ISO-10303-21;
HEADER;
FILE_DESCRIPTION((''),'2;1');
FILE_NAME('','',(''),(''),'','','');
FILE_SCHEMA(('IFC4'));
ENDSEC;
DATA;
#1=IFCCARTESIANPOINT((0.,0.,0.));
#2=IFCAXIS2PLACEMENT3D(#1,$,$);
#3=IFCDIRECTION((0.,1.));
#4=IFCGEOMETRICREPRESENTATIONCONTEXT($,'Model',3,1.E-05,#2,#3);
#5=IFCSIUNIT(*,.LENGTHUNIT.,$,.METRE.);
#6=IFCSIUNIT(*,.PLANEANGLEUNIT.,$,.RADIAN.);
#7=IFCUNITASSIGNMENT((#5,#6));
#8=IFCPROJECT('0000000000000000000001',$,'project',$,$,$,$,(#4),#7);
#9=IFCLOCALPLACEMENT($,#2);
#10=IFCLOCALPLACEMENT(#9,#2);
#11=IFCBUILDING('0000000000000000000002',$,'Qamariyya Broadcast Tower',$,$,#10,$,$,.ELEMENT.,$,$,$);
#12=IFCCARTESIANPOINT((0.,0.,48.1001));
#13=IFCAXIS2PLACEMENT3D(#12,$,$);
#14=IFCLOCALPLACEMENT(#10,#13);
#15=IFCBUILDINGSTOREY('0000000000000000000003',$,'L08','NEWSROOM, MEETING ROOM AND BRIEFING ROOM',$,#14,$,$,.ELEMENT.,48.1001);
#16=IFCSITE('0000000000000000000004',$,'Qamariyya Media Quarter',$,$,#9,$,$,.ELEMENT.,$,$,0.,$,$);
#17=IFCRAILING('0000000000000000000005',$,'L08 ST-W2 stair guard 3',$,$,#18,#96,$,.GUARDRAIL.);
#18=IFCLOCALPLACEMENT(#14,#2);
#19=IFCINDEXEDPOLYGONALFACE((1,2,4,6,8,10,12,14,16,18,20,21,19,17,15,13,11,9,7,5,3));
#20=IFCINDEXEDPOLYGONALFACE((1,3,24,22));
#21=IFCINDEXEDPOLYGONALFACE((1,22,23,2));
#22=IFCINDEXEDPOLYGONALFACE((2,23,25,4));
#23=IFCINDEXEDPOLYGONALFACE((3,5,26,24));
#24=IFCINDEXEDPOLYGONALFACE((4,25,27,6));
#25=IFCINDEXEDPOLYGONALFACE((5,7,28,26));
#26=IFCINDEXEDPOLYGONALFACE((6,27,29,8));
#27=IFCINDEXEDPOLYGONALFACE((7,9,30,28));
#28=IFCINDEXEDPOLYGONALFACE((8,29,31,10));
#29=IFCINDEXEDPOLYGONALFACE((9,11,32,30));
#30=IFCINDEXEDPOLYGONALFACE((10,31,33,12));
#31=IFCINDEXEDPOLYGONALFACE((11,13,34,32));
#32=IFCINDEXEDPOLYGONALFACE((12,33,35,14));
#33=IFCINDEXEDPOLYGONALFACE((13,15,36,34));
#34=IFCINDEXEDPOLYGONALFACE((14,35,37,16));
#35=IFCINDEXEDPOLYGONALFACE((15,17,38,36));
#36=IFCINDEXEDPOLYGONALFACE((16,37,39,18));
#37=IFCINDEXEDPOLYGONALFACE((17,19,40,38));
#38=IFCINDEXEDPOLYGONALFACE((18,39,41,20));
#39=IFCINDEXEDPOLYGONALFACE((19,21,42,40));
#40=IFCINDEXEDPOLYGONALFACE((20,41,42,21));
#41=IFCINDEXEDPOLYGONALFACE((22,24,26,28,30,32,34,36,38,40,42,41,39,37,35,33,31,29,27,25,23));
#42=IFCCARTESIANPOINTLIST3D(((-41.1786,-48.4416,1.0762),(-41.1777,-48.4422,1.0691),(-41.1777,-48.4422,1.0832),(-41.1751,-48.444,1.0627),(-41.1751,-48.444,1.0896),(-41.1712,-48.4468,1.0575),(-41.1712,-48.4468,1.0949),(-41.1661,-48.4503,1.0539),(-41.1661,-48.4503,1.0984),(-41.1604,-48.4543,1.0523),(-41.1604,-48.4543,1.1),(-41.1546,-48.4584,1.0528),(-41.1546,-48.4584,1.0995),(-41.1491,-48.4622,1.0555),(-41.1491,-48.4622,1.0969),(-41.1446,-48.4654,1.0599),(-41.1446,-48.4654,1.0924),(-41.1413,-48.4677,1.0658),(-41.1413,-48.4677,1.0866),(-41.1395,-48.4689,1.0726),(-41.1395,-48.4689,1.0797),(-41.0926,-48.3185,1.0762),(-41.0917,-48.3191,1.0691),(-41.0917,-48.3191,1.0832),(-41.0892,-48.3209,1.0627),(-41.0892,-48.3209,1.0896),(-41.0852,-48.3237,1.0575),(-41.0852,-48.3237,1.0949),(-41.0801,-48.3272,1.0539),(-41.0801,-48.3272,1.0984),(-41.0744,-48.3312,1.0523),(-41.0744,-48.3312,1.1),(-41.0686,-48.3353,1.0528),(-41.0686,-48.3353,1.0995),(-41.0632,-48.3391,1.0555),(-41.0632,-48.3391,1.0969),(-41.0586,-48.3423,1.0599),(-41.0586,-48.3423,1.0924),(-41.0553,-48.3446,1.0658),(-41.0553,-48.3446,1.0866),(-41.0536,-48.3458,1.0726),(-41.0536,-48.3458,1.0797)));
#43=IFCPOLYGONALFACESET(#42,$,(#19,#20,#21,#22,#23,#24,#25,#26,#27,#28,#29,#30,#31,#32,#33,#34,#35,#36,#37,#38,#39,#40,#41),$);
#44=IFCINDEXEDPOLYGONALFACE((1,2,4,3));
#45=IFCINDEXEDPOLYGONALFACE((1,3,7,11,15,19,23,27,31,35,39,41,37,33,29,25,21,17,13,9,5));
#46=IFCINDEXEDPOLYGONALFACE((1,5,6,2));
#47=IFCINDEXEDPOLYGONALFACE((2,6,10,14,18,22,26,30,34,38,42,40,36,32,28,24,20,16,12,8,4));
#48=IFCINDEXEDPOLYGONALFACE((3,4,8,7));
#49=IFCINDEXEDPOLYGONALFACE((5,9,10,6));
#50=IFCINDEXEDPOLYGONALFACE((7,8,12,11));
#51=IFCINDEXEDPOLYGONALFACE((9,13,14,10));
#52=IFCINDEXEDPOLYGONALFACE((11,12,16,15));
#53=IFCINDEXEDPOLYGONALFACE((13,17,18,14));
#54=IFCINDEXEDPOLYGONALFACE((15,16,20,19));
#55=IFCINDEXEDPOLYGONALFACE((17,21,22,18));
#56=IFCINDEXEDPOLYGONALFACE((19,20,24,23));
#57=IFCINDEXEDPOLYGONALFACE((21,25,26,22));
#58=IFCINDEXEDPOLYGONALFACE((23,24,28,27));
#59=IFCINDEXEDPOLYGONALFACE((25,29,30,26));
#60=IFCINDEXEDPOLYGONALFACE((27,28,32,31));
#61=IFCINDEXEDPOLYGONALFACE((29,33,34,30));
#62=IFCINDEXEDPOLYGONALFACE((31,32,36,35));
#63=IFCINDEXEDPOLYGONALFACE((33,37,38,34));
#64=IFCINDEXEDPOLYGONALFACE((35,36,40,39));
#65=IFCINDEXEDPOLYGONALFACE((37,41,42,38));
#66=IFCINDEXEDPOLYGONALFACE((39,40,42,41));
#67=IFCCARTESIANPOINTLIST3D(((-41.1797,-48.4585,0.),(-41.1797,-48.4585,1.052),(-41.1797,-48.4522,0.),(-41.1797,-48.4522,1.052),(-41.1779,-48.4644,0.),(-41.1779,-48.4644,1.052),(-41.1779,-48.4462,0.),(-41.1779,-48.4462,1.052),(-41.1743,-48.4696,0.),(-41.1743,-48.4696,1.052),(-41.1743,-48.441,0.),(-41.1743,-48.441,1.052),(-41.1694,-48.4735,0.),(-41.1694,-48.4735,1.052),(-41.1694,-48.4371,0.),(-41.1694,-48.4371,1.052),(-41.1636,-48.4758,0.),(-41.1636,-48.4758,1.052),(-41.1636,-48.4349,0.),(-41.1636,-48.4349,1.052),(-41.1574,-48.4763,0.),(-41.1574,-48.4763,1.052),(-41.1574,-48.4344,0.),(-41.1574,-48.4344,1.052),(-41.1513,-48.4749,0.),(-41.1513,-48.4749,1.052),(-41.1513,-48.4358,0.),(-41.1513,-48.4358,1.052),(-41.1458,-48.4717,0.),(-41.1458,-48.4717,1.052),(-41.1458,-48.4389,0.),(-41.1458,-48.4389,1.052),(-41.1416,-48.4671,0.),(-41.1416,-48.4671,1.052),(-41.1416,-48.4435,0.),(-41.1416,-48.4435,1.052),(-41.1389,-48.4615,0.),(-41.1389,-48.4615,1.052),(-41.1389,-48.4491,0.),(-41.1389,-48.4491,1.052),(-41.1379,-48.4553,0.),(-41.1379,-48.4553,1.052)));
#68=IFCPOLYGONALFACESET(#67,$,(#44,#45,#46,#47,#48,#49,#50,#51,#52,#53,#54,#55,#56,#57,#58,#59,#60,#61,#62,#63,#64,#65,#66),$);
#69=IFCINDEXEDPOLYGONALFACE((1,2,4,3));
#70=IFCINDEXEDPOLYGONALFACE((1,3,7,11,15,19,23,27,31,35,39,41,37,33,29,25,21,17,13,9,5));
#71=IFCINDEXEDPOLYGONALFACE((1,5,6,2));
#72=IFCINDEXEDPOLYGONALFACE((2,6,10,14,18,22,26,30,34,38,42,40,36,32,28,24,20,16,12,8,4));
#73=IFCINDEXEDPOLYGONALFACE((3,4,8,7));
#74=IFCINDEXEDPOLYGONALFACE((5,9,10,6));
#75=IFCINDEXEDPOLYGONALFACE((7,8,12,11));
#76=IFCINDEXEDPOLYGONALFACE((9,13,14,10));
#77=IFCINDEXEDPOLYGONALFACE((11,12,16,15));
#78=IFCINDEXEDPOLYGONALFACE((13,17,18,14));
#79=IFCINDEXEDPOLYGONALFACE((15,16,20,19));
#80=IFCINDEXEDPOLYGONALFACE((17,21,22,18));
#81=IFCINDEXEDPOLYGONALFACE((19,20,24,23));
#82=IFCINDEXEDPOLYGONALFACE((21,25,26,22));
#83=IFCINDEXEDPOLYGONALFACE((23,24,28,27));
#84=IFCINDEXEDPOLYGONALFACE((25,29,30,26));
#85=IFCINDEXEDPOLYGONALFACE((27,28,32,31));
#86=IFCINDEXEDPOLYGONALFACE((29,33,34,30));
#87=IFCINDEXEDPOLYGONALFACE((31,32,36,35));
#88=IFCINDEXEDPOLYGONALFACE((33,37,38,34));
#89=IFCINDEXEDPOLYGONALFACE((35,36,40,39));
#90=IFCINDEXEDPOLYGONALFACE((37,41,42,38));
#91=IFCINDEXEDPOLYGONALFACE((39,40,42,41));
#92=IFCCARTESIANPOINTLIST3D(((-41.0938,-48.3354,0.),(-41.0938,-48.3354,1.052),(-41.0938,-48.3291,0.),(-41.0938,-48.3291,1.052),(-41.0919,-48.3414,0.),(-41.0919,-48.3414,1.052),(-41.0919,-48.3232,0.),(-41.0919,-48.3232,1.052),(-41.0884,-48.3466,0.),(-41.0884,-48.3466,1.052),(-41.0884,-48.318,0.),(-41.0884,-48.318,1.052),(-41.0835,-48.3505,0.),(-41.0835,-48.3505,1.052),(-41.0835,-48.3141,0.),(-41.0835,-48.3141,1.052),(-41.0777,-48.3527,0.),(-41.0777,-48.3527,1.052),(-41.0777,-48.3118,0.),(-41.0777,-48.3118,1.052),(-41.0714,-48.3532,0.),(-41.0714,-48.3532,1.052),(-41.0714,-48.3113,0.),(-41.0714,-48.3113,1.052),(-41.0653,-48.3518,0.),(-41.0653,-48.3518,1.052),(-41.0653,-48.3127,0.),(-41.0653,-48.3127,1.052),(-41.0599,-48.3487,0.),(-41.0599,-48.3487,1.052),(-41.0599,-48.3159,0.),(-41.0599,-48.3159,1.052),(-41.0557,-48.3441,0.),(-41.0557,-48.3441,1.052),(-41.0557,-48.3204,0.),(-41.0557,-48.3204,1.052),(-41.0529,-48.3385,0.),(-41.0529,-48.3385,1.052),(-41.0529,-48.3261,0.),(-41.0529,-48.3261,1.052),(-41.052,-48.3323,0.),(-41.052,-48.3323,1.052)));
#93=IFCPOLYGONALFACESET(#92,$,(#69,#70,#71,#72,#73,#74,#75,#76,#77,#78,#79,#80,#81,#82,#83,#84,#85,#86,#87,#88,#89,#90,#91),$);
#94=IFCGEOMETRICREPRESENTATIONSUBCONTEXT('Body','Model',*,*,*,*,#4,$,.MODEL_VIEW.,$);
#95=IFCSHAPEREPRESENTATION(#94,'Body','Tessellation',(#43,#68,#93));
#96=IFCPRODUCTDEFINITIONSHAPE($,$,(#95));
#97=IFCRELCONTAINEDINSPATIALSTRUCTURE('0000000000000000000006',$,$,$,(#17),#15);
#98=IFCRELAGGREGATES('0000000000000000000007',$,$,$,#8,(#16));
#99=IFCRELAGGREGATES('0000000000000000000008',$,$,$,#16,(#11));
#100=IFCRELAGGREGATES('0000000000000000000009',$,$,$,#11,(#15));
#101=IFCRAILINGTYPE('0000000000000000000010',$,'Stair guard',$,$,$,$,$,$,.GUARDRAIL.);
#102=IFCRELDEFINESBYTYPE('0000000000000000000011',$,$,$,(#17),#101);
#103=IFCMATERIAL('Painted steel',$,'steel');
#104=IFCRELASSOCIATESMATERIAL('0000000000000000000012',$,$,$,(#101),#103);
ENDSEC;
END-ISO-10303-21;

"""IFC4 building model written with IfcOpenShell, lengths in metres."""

from ifc_helpers import new_model, si_unit, direction, frame, origin, origin_2d, place, context, subcontext, project, spatial, circle, extrude, material, type_object, element, save


model = new_model("IFC4")

# Units and contexts
model_context = context("Model", 3, precision=1e-05, world=origin(), true_north=direction((0.0, 1.0)))
body_context = subcontext(model_context, "Body", "Model", "MODEL_VIEW")
ifc_project = project(units=[si_unit("LENGTHUNIT", "METRE"), si_unit("PLANEANGLEUNIT", "RADIAN")], contexts=[model_context])

# Site, building, storey
site_placement = place(None, origin())
site = spatial("IfcSite", under=ifc_project, at=site_placement, Name="Qamariyya Media Quarter", CompositionType="ELEMENT", RefElevation=0.0)
building_placement = place(site_placement, origin())
building = spatial("IfcBuilding", under=site, at=building_placement, Name="Qamariyya Broadcast Tower", CompositionType="ELEMENT")
storey_placement = place(building_placement, frame((0.0, 0.0, 48.1001)))
storey = spatial("IfcBuildingStorey", under=building, at=storey_placement, Name="L08", Description="NEWSROOM, MEETING ROOM AND BRIEFING ROOM", CompositionType="ELEMENT", Elevation=48.1001)

# Railing
ifc_material_1 = material(Name="Painted steel", Category="steel")
railing_type_1 = type_object("IfcRailingType", Name="Stair guard", PredefinedType="GUARDRAIL", material=ifc_material_1)
railing_1_placement = place(storey_placement, frame((-41.1589, -48.4553, 0.0)))
element("IfcRailing", 1, at=railing_1_placement, inside=storey, type_object=railing_type_1, Name="L08 ST-W2 stair guard 3", PredefinedType="GUARDRAIL", context=body_context, shape_type="SweptSolid", body=[
    extrude(circle(Radius=0.0239, at=origin_2d()), frame((0.0, 0.0, 1.0762), z_axis=(0.572589, 0.819843, 0.0), x_axis=(-0.819843, 0.572589, 0.0)), (0.0, 0.0, 1.0), 0.1501),
    extrude(circle(Radius=0.021, at=origin_2d()), origin(), (0.0, 0.0, 1.0), 1.052),
    extrude(circle(Radius=0.021, at=origin_2d()), frame((0.0859, 0.123, 0.0)), (0.0, 0.0, 1.0), 1.052),
])

save(model, "model.ifc")
